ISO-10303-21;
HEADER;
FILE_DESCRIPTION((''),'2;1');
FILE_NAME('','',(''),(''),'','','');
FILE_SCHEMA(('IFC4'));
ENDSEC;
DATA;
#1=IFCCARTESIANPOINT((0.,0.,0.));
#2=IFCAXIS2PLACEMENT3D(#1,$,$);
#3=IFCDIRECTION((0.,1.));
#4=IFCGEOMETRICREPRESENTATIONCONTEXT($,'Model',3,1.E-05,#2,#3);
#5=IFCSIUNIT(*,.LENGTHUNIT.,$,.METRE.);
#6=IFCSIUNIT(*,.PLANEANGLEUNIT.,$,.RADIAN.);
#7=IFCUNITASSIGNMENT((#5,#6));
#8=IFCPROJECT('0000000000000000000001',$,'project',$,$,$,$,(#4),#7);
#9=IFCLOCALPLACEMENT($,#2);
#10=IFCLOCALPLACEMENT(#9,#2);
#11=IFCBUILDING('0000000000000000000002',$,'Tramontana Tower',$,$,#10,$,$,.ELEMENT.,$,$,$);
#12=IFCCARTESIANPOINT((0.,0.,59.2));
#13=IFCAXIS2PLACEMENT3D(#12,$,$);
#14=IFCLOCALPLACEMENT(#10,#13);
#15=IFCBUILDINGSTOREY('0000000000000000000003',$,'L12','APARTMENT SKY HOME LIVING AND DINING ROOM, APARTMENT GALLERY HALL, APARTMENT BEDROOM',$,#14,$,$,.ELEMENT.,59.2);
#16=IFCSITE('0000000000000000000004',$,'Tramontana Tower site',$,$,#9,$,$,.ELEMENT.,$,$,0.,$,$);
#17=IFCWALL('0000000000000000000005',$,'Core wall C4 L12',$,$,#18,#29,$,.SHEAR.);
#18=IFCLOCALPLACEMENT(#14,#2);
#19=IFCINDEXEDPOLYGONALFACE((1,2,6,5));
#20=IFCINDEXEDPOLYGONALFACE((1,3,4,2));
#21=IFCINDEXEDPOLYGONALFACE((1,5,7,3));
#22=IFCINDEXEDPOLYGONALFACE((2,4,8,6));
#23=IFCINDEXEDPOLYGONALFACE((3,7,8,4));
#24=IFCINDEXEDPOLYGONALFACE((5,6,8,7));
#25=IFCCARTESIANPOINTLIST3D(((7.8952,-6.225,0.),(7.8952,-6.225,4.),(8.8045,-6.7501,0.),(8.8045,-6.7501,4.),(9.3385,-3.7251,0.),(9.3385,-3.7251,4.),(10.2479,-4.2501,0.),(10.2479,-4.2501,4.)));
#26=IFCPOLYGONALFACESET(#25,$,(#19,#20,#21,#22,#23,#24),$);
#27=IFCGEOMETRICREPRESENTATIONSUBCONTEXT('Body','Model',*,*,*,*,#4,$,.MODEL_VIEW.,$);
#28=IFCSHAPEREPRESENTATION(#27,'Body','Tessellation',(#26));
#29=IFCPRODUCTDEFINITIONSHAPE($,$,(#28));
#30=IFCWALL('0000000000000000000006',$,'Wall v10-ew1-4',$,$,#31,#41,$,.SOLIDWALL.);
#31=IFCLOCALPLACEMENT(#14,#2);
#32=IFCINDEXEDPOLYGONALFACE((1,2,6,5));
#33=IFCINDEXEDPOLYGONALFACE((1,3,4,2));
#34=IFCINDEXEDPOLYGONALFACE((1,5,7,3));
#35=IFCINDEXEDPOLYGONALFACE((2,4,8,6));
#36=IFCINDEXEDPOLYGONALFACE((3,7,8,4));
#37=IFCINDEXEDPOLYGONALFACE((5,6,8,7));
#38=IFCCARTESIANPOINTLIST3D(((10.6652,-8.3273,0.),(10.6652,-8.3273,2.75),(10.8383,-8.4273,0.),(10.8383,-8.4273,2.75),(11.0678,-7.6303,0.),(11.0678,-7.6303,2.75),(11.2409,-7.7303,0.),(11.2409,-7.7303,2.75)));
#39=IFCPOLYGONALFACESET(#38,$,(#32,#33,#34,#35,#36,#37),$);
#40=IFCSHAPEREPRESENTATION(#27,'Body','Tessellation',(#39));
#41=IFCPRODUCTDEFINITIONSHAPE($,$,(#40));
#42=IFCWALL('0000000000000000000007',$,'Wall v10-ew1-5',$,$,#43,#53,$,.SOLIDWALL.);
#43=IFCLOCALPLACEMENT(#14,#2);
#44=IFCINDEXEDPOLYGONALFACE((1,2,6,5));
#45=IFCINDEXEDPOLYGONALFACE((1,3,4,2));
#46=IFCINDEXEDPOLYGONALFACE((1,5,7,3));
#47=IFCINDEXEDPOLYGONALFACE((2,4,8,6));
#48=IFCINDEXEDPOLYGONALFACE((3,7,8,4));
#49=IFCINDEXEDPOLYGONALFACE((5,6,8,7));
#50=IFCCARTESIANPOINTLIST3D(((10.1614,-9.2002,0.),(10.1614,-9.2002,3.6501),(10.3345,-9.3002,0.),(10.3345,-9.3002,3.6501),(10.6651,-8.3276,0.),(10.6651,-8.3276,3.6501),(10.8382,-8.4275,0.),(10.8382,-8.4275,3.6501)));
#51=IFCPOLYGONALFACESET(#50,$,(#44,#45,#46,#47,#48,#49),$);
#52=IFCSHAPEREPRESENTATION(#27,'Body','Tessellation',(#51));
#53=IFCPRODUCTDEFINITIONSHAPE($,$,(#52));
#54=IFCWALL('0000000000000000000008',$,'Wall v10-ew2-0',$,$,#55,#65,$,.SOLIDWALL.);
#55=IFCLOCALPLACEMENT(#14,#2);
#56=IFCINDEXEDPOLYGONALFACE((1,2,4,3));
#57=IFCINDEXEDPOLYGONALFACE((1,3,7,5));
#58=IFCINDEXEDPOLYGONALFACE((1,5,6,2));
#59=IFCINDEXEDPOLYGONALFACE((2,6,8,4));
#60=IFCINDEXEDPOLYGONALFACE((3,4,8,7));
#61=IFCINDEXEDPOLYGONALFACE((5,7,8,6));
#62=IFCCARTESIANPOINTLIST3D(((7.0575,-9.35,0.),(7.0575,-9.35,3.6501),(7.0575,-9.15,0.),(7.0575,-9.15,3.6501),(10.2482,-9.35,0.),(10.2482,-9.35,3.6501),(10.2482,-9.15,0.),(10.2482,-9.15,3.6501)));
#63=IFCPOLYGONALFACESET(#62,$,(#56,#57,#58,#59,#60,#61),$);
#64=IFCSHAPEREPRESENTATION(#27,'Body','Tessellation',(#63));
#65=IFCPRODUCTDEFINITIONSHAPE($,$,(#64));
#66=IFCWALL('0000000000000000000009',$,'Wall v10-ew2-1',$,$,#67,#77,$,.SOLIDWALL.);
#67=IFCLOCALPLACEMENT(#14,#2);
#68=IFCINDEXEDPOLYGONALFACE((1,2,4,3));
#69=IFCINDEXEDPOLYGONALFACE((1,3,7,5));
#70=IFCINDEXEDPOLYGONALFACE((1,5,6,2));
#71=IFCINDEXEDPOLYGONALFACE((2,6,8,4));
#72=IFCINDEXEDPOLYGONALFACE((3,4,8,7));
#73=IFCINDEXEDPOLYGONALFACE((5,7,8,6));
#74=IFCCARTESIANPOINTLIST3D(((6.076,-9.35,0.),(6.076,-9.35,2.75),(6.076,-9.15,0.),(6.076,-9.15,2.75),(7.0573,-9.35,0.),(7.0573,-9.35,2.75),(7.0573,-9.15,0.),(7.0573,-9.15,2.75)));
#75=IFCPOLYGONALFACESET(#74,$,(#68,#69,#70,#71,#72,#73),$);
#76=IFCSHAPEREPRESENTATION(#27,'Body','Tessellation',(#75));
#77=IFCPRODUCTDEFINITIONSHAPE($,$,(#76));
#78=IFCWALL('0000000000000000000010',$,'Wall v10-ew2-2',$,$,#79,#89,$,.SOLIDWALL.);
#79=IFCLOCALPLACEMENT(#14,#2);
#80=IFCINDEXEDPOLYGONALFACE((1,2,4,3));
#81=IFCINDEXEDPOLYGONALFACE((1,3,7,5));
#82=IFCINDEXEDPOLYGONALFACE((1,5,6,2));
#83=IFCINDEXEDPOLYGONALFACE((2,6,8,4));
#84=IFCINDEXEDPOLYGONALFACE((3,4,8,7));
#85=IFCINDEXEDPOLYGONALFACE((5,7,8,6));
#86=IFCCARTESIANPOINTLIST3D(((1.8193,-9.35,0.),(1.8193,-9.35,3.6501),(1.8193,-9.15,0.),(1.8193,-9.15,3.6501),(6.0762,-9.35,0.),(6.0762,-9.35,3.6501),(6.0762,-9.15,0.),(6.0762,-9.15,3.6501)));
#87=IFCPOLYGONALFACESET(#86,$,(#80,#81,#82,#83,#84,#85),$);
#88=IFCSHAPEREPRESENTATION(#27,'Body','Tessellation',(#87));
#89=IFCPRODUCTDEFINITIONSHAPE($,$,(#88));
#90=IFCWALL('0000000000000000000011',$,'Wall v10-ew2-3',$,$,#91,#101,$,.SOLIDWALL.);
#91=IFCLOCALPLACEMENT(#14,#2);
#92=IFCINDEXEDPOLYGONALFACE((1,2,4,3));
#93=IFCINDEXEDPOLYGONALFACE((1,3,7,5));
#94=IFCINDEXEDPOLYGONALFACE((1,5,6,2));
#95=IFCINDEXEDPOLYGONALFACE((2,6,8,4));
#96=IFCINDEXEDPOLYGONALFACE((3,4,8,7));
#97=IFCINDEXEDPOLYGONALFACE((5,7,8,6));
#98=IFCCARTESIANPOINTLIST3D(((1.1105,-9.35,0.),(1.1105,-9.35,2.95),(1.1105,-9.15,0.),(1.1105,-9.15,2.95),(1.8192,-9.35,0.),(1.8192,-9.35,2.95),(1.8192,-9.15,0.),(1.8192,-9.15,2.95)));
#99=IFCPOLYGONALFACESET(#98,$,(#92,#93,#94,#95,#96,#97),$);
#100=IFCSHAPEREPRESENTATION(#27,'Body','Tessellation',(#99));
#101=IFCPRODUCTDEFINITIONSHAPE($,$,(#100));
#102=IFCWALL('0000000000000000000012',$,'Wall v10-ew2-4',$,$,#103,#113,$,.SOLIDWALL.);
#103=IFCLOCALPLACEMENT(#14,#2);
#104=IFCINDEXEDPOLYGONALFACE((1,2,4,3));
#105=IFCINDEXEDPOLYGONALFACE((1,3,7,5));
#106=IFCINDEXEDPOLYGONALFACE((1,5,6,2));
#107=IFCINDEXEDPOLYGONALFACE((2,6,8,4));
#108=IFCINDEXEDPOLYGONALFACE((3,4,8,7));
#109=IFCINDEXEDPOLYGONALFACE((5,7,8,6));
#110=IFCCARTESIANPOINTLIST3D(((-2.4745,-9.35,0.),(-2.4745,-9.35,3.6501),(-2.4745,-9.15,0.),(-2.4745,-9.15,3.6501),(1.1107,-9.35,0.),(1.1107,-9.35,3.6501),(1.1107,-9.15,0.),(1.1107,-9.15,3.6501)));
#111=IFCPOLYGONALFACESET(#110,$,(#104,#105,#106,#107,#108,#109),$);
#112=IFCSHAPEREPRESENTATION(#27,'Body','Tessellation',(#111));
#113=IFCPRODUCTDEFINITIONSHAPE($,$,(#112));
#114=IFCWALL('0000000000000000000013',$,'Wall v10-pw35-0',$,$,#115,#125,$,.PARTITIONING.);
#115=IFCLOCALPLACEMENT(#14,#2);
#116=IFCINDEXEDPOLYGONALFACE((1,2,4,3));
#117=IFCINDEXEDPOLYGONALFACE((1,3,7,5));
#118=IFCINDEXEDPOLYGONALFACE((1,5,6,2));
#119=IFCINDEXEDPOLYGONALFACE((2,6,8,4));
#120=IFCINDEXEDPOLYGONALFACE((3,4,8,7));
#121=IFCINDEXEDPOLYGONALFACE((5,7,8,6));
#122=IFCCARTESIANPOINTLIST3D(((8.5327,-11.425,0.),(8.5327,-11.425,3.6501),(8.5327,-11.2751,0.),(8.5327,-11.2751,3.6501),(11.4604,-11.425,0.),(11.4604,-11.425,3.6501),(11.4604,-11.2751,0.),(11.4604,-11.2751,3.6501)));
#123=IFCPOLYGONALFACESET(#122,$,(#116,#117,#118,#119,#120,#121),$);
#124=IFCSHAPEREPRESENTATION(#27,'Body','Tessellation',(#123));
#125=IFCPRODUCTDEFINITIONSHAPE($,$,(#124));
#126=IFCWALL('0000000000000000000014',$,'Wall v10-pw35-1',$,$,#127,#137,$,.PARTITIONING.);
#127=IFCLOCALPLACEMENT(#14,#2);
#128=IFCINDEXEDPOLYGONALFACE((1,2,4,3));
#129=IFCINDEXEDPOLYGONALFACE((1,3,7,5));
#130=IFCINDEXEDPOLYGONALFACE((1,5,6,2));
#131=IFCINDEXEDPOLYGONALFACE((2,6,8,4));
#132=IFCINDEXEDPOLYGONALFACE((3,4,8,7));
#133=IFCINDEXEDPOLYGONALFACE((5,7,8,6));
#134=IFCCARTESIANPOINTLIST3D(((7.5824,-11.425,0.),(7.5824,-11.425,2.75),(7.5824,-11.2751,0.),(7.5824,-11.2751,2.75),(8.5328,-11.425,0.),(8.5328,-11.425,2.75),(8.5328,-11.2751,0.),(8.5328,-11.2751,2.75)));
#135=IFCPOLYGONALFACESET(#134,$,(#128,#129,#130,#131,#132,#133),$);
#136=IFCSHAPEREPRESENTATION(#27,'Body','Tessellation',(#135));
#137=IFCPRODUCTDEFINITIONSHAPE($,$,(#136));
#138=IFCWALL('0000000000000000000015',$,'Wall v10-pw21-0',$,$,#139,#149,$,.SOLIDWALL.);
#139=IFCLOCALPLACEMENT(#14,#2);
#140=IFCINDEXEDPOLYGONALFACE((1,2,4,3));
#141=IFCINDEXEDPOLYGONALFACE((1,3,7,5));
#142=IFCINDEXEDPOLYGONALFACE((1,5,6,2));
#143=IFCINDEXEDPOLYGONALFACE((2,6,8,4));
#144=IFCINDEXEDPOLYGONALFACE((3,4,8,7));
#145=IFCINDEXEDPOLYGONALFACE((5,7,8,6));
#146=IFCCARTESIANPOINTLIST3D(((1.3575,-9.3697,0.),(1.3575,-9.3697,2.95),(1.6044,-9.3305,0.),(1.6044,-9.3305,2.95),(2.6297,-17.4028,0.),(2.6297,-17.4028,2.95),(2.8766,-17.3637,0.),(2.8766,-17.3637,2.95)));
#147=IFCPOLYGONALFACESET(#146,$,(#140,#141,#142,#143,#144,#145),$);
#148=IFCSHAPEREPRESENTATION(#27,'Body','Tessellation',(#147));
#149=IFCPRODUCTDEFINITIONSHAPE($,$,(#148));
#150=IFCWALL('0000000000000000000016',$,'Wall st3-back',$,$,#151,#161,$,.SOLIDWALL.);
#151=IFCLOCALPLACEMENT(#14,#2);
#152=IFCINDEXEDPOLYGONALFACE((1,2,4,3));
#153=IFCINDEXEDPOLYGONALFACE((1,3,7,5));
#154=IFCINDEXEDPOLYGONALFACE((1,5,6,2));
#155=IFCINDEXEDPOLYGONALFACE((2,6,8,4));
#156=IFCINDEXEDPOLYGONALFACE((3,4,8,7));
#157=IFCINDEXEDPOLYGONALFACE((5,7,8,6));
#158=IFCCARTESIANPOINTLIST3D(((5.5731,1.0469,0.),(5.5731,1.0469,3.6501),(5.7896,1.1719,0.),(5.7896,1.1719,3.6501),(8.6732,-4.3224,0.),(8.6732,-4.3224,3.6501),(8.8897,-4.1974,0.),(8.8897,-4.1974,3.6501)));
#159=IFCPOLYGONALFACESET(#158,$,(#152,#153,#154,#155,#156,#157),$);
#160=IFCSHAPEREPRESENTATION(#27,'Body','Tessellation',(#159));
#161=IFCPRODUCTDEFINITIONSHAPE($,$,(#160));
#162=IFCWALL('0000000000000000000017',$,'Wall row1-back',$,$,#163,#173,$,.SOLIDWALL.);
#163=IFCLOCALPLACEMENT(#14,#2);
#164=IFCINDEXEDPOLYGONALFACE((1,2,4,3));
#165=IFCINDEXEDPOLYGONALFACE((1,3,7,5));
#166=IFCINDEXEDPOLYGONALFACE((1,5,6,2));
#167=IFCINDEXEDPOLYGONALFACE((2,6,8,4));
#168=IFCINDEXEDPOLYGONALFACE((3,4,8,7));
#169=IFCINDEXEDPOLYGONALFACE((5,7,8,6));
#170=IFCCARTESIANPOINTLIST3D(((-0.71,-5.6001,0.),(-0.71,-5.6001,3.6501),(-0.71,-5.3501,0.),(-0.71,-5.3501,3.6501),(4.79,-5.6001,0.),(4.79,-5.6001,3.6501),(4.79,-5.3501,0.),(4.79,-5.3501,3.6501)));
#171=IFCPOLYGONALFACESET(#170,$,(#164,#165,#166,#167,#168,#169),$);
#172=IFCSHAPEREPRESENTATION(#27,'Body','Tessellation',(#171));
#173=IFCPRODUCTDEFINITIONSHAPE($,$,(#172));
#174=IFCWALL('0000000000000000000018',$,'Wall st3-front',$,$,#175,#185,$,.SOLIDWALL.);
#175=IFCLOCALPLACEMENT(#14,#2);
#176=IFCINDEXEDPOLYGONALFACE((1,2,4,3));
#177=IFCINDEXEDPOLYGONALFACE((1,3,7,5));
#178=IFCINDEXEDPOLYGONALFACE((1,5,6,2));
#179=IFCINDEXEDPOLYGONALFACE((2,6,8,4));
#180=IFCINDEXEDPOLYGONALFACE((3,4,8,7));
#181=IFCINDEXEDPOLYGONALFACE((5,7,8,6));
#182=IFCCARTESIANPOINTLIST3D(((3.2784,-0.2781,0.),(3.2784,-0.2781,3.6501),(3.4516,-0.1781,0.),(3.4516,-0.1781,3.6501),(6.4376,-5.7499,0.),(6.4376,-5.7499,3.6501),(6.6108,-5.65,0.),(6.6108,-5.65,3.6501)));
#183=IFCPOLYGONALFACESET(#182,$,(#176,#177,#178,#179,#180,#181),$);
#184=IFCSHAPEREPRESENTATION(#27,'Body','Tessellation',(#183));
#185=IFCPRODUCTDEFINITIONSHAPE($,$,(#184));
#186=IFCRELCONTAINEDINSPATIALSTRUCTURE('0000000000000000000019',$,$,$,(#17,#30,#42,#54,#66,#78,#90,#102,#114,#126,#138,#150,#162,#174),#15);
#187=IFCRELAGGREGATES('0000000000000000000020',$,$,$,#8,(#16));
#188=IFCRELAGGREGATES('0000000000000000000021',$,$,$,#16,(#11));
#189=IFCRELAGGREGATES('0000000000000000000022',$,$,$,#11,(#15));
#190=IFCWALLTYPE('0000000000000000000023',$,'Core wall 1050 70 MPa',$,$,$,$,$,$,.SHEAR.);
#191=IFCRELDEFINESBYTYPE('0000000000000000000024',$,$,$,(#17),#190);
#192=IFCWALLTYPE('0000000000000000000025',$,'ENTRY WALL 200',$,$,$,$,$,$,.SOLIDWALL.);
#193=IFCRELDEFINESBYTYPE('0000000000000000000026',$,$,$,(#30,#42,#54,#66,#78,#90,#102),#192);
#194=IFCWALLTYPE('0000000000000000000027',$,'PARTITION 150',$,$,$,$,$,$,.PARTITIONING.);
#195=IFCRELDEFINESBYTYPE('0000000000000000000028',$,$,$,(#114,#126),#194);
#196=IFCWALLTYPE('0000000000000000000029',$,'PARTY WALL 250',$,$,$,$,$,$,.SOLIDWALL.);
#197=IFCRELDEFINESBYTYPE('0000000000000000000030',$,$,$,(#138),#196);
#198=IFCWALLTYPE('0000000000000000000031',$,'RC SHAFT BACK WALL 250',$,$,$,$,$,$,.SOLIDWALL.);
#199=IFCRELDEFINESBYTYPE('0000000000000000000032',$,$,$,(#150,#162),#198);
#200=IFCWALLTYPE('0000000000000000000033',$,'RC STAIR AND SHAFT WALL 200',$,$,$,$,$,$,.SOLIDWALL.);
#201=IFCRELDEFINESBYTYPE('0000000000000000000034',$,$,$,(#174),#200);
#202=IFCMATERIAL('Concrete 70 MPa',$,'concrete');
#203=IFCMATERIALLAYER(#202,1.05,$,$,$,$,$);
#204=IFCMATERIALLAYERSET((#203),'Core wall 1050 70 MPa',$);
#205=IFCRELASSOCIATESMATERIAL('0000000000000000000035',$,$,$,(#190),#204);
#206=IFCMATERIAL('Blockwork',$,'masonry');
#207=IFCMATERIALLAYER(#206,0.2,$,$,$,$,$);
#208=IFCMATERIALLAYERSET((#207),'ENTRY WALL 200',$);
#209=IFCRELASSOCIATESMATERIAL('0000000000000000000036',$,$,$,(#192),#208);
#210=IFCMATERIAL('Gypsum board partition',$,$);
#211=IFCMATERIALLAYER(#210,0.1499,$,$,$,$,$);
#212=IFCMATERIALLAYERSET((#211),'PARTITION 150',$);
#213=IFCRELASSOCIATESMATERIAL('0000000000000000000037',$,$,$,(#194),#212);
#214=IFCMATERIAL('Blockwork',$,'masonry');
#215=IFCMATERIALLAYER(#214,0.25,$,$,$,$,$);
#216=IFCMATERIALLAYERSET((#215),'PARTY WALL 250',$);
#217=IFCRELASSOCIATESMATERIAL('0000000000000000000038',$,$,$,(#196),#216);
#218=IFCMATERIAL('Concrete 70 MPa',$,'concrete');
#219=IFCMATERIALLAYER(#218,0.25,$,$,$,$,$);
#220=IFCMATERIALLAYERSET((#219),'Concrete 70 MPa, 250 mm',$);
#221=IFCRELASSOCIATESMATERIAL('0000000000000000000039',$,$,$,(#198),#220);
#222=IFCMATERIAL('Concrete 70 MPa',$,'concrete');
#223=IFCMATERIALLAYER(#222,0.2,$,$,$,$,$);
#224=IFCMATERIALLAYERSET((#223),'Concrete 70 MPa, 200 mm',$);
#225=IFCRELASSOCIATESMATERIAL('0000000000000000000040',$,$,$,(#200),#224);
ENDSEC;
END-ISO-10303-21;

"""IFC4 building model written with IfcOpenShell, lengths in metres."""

from ifc_helpers import new_model, si_unit, direction, frame, frame_2d, origin, place, context, subcontext, project, spatial, rectangle, extrude, material, layer, layer_set, type_object, element, save


model = new_model("IFC4")

# Units and contexts
model_context = context("Model", 3, precision=1e-05, world=origin(), true_north=direction((0.0, 1.0)))
body_context = subcontext(model_context, "Body", "Model", "MODEL_VIEW")
ifc_project = project(units=[si_unit("LENGTHUNIT", "METRE"), si_unit("PLANEANGLEUNIT", "RADIAN")], contexts=[model_context])

# Site, building, storey
site_placement = place(None, origin())
site = spatial("IfcSite", under=ifc_project, at=site_placement, Name="Tramontana Tower site", CompositionType="ELEMENT", RefElevation=0.0)
building_placement = place(site_placement, origin())
building = spatial("IfcBuilding", under=site, at=building_placement, Name="Tramontana Tower", CompositionType="ELEMENT")
storey_placement = place(building_placement, frame((0.0, 0.0, 59.2)))
storey = spatial("IfcBuildingStorey", under=building, at=storey_placement, Name="L12", Description="APARTMENT SKY HOME LIVING AND DINING ROOM, APARTMENT GALLERY HALL, APARTMENT BEDROOM", CompositionType="ELEMENT", Elevation=59.2)

# Wall
ifc_material_1 = material(Name="Concrete 70 MPa", Category="concrete")
ifc_layer_1 = layer(ifc_material_1, 1.05)
ifc_layer_set_1 = layer_set([ifc_layer_1], Name="Core wall 1050 70 MPa")
wall_type_1 = type_object("IfcWallType", Name="Core wall 1050 70 MPa", PredefinedType="SHEAR", material=ifc_layer_set_1)
wall_1_placement = place(storey_placement, frame((8.3499, -6.4875, 0.0), z_axis=(0.0, 0.0, 1.0), x_axis=(0.499996, 0.866028, 0.0)))
element("IfcWall", 1, at=wall_1_placement, inside=storey, type_object=wall_type_1, Name="Core wall C4 L12", PredefinedType="SHEAR", context=body_context, shape_type="SweptSolid", body=[
    extrude(rectangle(XDim=2.8867, YDim=1.05, at=frame_2d((1.4434, 0.0))), origin(), (0.0, 0.0, 1.0), 4.0),
])

# Walls
ifc_material_2 = material(Name="Blockwork", Category="masonry")
ifc_layer_2 = layer(ifc_material_2, 0.2)
ifc_layer_set_2 = layer_set([ifc_layer_2], Name="ENTRY WALL 200")
wall_type_2 = type_object("IfcWallType", Name="ENTRY WALL 200", PredefinedType="SOLIDWALL", material=ifc_layer_set_2)
wall_2_placement = place(storey_placement, frame((11.1543, -7.6804, 0.0), z_axis=(0.0, 0.0, 1.0), x_axis=(-0.500151, -0.865938, 0.0)))
element("IfcWall", 2, at=wall_2_placement, inside=storey, type_object=wall_type_2, Name="Wall v10-ew1-4", PredefinedType="SOLIDWALL", context=body_context, shape_type="SweptSolid", body=[
    extrude(rectangle(XDim=0.8049, YDim=0.2, at=frame_2d((0.4023, 0.0))), origin(), (0.0, 0.0, 1.0), 2.75),
])
wall_3_placement = place(storey_placement, frame((10.7517, -8.3774, 0.0), z_axis=(0.0, 0.0, 1.0), x_axis=(-0.499918, -0.866073, 0.0)))
element("IfcWall", 3, at=wall_3_placement, inside=storey, type_object=wall_type_2, Name="Wall v10-ew1-5", PredefinedType="SOLIDWALL", context=body_context, shape_type="SweptSolid", body=[
    extrude(rectangle(XDim=1.0076, YDim=0.2, at=frame_2d((0.5039, 0.0))), origin(), (0.0, 0.0, 1.0), 3.6501),
])
wall_4_placement = place(storey_placement, frame((10.248, -9.25, 0.0), z_axis=(0.0, 0.0, 1.0), x_axis=(-1.0, 0.0, 0.0)))
element("IfcWall", 4, at=wall_4_placement, inside=storey, type_object=wall_type_2, Name="Wall v10-ew2-0", PredefinedType="SOLIDWALL", context=body_context, shape_type="SweptSolid", body=[
    extrude(rectangle(XDim=3.1907, YDim=0.2, at=frame_2d((1.5952, 0.0))), origin(), (0.0, 0.0, 1.0), 3.6501),
])
wall_5_placement = place(storey_placement, frame((7.0574, -9.25, 0.0), z_axis=(0.0, 0.0, 1.0), x_axis=(-1.0, 0.0, 0.0)))
element("IfcWall", 5, at=wall_5_placement, inside=storey, type_object=wall_type_2, Name="Wall v10-ew2-1", PredefinedType="SOLIDWALL", context=body_context, shape_type="SweptSolid", body=[
    extrude(rectangle(XDim=0.9812, YDim=0.2, at=frame_2d((0.4907, 0.0))), origin(), (0.0, 0.0, 1.0), 2.75),
])
wall_6_placement = place(storey_placement, frame((6.0762, -9.25, 0.0), z_axis=(0.0, 0.0, 1.0), x_axis=(-1.0, 0.0, 0.0)))
element("IfcWall", 6, at=wall_6_placement, inside=storey, type_object=wall_type_2, Name="Wall v10-ew2-2", PredefinedType="SOLIDWALL", context=body_context, shape_type="SweptSolid", body=[
    extrude(rectangle(XDim=4.2568, YDim=0.2, at=frame_2d((2.1284, 0.0))), origin(), (0.0, 0.0, 1.0), 3.6501),
])
wall_7_placement = place(storey_placement, frame((1.8193, -9.25, 0.0), z_axis=(0.0, 0.0, 1.0), x_axis=(-1.0, 0.0, 0.0)))
element("IfcWall", 7, at=wall_7_placement, inside=storey, type_object=wall_type_2, Name="Wall v10-ew2-3", PredefinedType="SOLIDWALL", context=body_context, shape_type="SweptSolid", body=[
    extrude(rectangle(XDim=0.7087, YDim=0.2, at=frame_2d((0.3545, 0.0))), origin(), (0.0, 0.0, 1.0), 2.95),
])
wall_8_placement = place(storey_placement, frame((1.1106, -9.25, 0.0), z_axis=(0.0, 0.0, 1.0), x_axis=(-1.0, 0.0, 0.0)))
element("IfcWall", 8, at=wall_8_placement, inside=storey, type_object=wall_type_2, Name="Wall v10-ew2-4", PredefinedType="SOLIDWALL", context=body_context, shape_type="SweptSolid", body=[
    extrude(rectangle(XDim=3.5852, YDim=0.2, at=frame_2d((1.7925, 0.0))), origin(), (0.0, 0.0, 1.0), 3.6501),
])
ifc_material_3 = material(Name="Gypsum board partition")
ifc_layer_3 = layer(ifc_material_3, 0.1499)
ifc_layer_set_3 = layer_set([ifc_layer_3], Name="PARTITION 150")
wall_type_3 = type_object("IfcWallType", Name="PARTITION 150", PredefinedType="PARTITIONING", material=ifc_layer_set_3)
wall_9_placement = place(storey_placement, frame((11.4604, -11.3501, 0.0), z_axis=(0.0, 0.0, 1.0), x_axis=(-1.0, 0.0, 0.0)))
element("IfcWall", 9, at=wall_9_placement, inside=storey, type_object=wall_type_3, Name="Wall v10-pw35-0", PredefinedType="PARTITIONING", context=body_context, shape_type="SweptSolid", body=[
    extrude(rectangle(XDim=2.9277, YDim=0.1499, at=frame_2d((1.4639, 0.0))), origin(), (0.0, 0.0, 1.0), 3.6501),
])
wall_10_placement = place(storey_placement, frame((8.5327, -11.3501, 0.0), z_axis=(0.0, 0.0, 1.0), x_axis=(-1.0, 0.0, 0.0)))
element("IfcWall", 10, at=wall_10_placement, inside=storey, type_object=wall_type_3, Name="Wall v10-pw35-1", PredefinedType="PARTITIONING", context=body_context, shape_type="SweptSolid", body=[
    extrude(rectangle(XDim=0.9504, YDim=0.1499, at=frame_2d((0.4751, 0.0))), origin(), (0.0, 0.0, 1.0), 2.75),
])
ifc_material_4 = material(Name="Blockwork", Category="masonry")
ifc_layer_4 = layer(ifc_material_4, 0.25)
ifc_layer_set_4 = layer_set([ifc_layer_4], Name="PARTY WALL 250")
wall_type_4 = type_object("IfcWallType", Name="PARTY WALL 250", PredefinedType="SOLIDWALL", material=ifc_layer_set_4)
wall_11_placement = place(storey_placement, frame((1.481, -9.3501, 0.0), z_axis=(0.0, 0.0, 1.0), x_axis=(0.15642, -0.987691, 0.0)))
element("IfcWall", 11, at=wall_11_placement, inside=storey, type_object=wall_type_4, Name="Wall v10-pw21-0", PredefinedType="SOLIDWALL", context=body_context, shape_type="SweptSolid", body=[
    extrude(rectangle(XDim=8.1333, YDim=0.25, at=frame_2d((4.0667, 0.0))), origin(), (0.0, 0.0, 1.0), 2.95),
])
ifc_material_5 = material(Name="Concrete 70 MPa", Category="concrete")
ifc_layer_5 = layer(ifc_material_5, 0.25)
ifc_layer_set_5 = layer_set([ifc_layer_5], Name="Concrete 70 MPa, 250 mm")
wall_type_5 = type_object("IfcWallType", Name="RC SHAFT BACK WALL 250", PredefinedType="SOLIDWALL", material=ifc_layer_set_5)
wall_12_placement = place(storey_placement, frame((8.7815, -4.26, 0.0), z_axis=(0.0, 0.0, 1.0), x_axis=(-0.50001, 0.86602, 0.0)))
element("IfcWall", 12, at=wall_12_placement, inside=storey, type_object=wall_type_5, Name="Wall st3-back", PredefinedType="SOLIDWALL", context=body_context, shape_type="SweptSolid", body=[
    extrude(rectangle(XDim=6.2, YDim=0.25, at=frame_2d((3.1001, 0.0))), origin(), (0.0, 0.0, 1.0), 3.6501),
])
wall_13_placement = place(storey_placement, frame((-0.71, -5.4751, 0.0), z_axis=(0.0, 0.0, 1.0), x_axis=(1.0, 0.0, 0.0)))
element("IfcWall", 13, at=wall_13_placement, inside=storey, type_object=wall_type_5, Name="Wall row1-back", PredefinedType="SOLIDWALL", context=body_context, shape_type="SweptSolid", body=[
    extrude(rectangle(XDim=5.5, YDim=0.25, at=frame_2d((2.75, 0.0))), origin(), (0.0, 0.0, 1.0), 3.6501),
])
ifc_material_6 = material(Name="Concrete 70 MPa", Category="concrete")
ifc_layer_6 = layer(ifc_material_6, 0.2)
ifc_layer_set_6 = layer_set([ifc_layer_6], Name="Concrete 70 MPa, 200 mm")
wall_type_6 = type_object("IfcWallType", Name="RC STAIR AND SHAFT WALL 200", PredefinedType="SOLIDWALL", material=ifc_layer_set_6)
wall_14_placement = place(storey_placement, frame((6.5242, -5.7, 0.0), z_axis=(0.0, 0.0, 1.0), x_axis=(-0.499996, 0.866028, 0.0)))
element("IfcWall", 14, at=wall_14_placement, inside=storey, type_object=wall_type_6, Name="Wall st3-front", PredefinedType="SOLIDWALL", context=body_context, shape_type="SweptSolid", body=[
    extrude(rectangle(XDim=6.3184, YDim=0.2, at=frame_2d((3.1592, 0.0))), origin(), (0.0, 0.0, 1.0), 3.6501),
])

save(model, "model.ifc")
